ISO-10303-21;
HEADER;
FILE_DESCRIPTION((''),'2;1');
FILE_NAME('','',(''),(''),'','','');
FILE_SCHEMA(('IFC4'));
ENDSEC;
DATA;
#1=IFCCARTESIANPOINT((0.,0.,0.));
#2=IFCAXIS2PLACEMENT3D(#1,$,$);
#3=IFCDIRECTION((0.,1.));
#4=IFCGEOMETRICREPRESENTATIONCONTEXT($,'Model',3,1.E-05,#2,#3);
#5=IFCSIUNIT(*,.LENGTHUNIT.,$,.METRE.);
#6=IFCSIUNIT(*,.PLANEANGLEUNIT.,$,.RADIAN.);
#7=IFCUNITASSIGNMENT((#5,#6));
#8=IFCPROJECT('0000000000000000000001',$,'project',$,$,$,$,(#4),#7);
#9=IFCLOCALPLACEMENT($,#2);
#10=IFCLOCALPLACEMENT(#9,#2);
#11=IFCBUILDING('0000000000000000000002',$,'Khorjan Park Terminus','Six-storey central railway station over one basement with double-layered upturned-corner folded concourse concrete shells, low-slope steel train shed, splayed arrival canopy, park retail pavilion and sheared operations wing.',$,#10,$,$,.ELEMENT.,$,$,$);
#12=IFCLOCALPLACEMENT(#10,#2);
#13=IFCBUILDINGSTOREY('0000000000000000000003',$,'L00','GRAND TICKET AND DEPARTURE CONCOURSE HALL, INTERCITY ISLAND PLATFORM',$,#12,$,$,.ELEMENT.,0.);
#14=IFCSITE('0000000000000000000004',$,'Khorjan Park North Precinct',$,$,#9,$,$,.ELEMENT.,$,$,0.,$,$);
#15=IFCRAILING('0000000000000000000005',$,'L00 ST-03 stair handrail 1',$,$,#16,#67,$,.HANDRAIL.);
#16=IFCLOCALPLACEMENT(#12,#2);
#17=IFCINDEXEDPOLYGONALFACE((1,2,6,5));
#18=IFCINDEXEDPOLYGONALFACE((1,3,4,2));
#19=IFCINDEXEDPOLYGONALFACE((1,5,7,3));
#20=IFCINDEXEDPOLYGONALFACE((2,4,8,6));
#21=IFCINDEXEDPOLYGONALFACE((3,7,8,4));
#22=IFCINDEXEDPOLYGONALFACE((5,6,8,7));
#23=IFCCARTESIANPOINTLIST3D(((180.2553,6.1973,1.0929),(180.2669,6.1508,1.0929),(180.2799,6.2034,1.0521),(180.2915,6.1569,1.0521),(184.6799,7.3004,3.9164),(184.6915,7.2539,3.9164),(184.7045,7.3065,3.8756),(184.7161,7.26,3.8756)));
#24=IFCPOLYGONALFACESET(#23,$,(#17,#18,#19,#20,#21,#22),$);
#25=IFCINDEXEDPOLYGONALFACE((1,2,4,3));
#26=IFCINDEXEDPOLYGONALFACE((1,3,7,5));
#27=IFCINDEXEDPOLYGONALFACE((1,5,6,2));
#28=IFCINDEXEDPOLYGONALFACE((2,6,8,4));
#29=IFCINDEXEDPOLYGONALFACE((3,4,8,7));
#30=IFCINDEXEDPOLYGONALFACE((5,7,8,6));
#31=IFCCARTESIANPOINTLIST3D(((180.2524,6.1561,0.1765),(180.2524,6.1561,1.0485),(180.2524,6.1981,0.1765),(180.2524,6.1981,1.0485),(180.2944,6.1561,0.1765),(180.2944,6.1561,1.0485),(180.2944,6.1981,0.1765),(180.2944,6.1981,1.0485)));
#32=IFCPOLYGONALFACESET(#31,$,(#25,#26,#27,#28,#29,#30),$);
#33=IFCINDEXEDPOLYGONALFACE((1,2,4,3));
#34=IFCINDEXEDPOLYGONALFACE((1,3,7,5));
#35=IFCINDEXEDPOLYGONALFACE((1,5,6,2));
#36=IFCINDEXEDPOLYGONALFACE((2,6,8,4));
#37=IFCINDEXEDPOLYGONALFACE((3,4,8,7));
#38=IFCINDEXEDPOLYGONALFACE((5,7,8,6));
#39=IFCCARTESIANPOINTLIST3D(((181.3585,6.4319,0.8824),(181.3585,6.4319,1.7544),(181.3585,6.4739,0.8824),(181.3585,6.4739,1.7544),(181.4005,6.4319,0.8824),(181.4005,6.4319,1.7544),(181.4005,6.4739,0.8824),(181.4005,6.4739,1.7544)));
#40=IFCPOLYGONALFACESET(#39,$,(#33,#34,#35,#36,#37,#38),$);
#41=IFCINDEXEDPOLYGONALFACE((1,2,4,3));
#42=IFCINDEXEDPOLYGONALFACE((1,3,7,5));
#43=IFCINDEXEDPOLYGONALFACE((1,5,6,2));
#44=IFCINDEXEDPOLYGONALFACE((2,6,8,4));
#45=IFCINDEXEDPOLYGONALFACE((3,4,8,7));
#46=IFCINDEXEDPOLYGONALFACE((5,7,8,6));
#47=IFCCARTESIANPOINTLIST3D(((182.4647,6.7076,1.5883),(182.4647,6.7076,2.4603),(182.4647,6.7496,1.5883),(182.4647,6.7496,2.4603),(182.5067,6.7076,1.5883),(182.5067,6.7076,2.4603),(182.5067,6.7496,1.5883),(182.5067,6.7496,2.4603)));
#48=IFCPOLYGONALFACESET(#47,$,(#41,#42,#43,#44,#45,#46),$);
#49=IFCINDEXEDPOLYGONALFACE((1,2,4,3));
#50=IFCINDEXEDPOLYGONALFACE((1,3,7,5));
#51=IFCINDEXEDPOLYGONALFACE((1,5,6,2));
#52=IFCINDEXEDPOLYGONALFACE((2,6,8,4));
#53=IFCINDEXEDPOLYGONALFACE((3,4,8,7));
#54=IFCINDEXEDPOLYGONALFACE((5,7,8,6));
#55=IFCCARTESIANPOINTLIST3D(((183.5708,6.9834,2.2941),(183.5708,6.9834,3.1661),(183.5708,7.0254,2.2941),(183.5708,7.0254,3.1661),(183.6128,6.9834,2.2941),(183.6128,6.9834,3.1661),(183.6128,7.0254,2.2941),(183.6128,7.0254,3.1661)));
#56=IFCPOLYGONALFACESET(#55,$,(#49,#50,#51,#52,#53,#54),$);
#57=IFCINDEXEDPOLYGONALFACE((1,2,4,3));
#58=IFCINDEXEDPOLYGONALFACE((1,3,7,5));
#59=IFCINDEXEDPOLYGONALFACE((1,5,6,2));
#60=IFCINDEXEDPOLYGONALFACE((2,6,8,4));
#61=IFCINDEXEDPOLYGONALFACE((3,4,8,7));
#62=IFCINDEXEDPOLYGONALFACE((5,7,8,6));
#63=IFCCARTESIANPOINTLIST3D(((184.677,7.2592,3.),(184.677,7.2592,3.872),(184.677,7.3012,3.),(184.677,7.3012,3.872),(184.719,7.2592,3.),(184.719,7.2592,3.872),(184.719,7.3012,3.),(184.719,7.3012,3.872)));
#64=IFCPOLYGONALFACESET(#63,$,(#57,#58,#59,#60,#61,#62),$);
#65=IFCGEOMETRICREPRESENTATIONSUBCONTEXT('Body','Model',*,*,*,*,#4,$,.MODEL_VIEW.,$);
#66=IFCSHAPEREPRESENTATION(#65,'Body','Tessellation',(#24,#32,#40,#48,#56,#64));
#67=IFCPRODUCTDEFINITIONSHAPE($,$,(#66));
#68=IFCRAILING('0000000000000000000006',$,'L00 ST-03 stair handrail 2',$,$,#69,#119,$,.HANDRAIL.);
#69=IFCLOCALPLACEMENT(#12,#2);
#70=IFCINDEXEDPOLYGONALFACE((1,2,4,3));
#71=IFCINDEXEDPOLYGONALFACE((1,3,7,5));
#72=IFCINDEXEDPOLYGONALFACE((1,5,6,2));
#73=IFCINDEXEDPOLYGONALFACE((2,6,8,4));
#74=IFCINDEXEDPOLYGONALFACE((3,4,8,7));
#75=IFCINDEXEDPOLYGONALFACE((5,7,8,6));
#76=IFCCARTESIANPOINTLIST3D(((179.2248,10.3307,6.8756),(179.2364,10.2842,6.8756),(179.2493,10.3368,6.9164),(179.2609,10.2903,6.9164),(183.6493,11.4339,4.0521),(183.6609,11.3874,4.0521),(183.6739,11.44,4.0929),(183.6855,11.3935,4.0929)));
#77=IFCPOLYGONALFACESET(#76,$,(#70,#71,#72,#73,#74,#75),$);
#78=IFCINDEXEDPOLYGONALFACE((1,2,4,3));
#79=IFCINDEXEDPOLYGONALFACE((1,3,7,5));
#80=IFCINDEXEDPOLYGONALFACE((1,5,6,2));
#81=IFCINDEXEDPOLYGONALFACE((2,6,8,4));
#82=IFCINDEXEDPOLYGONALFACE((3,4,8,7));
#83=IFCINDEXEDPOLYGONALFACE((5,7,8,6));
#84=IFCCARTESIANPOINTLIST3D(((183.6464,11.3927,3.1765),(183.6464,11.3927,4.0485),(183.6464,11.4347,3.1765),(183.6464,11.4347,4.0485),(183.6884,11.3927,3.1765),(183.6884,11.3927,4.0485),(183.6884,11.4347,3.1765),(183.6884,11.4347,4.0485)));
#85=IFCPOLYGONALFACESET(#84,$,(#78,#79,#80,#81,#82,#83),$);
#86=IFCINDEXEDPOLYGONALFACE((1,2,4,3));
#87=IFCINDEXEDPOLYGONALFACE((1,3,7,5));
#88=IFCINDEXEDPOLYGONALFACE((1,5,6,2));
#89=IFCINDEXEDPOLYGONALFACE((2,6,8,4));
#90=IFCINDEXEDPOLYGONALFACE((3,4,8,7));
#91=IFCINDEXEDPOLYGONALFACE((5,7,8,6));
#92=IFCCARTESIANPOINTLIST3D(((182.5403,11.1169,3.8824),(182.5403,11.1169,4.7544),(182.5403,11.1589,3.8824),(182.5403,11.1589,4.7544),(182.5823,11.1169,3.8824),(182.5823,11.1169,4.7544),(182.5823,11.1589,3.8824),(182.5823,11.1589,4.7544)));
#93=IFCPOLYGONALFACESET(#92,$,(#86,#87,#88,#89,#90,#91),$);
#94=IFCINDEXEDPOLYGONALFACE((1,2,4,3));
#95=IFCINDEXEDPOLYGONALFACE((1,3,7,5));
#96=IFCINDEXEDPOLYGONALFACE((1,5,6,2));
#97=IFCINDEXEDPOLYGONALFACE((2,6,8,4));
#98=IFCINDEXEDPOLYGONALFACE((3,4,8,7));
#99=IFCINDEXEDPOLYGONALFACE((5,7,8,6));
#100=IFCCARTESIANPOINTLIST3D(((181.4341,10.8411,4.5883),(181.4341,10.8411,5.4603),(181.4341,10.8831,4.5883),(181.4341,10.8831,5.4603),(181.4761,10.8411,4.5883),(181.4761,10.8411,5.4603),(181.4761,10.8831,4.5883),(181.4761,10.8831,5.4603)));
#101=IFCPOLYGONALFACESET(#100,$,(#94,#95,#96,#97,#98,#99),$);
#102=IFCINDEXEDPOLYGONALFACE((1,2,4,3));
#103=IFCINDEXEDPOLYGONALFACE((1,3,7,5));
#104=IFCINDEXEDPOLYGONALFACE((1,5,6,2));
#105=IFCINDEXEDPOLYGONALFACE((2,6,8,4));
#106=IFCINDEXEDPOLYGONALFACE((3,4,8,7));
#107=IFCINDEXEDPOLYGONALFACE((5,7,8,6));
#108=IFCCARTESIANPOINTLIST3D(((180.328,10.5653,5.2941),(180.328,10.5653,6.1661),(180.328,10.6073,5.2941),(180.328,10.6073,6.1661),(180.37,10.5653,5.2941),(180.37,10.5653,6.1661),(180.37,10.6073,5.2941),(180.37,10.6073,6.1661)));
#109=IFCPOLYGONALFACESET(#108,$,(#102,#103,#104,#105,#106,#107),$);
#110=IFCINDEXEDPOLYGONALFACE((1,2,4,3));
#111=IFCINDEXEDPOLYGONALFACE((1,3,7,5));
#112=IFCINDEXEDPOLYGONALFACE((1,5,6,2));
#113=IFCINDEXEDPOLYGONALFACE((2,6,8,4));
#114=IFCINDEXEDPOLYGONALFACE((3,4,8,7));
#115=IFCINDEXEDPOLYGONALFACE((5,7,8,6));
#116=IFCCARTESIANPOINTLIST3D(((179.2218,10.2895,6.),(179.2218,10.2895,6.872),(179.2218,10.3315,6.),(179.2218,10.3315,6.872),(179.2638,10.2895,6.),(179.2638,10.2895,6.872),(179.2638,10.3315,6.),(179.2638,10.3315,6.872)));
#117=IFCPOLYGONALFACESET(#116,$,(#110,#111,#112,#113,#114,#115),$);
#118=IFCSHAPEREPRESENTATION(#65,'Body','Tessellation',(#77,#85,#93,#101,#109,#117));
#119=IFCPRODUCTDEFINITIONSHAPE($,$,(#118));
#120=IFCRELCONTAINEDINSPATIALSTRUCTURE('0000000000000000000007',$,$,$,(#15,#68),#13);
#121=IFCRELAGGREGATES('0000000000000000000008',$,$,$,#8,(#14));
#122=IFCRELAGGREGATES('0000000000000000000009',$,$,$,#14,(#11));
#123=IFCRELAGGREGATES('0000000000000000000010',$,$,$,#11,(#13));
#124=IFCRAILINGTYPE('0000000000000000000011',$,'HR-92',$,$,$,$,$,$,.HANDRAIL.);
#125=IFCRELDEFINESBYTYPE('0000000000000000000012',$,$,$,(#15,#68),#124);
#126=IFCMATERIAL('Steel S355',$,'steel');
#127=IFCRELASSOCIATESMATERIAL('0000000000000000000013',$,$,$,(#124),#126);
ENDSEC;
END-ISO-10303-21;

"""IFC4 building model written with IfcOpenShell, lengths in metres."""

from ifc_helpers import new_model, si_unit, direction, frame, origin, origin_2d, place, context, subcontext, project, spatial, rectangle, extrude, material, type_object, element, save


model = new_model("IFC4")

# Units and contexts
model_context = context("Model", 3, precision=1e-05, world=origin(), true_north=direction((0.0, 1.0)))
body_context = subcontext(model_context, "Body", "Model", "MODEL_VIEW")
ifc_project = project(units=[si_unit("LENGTHUNIT", "METRE"), si_unit("PLANEANGLEUNIT", "RADIAN")], contexts=[model_context])

# Site, building, storey
site_placement = place(None, origin())
site = spatial("IfcSite", under=ifc_project, at=site_placement, Name="Khorjan Park North Precinct", CompositionType="ELEMENT", RefElevation=0.0)
building_placement = place(site_placement, origin())
building = spatial("IfcBuilding", under=site, at=building_placement, Name="Khorjan Park Terminus", Description="Six-storey central railway station over one basement with double-layered upturned-corner folded concourse concrete shells, low-slope steel train shed, splayed arrival canopy, park retail pavilion and sheared operations wing.", CompositionType="ELEMENT")
storey_placement = place(building_placement, origin())
storey = spatial("IfcBuildingStorey", under=building, at=storey_placement, Name="L00", Description="GRAND TICKET AND DEPARTURE CONCOURSE HALL, INTERCITY ISLAND PLATFORM", CompositionType="ELEMENT", Elevation=0.0)

# Shared definitions
ifc_material_1 = material(Name="Steel S355", Category="steel")

# Railings
railing_type_1 = type_object("IfcRailingType", Name="HR-92", PredefinedType="HANDRAIL", material=ifc_material_1)
railing_1_placement = place(storey_placement, frame((180.2734, 6.1771, 0.1765)))
element("IfcRailing", 1, at=railing_1_placement, inside=storey, type_object=railing_type_1, Name="L00 ST-03 stair handrail 1", PredefinedType="HANDRAIL", context=body_context, shape_type="SweptSolid", body=[
    extrude(rectangle(XDim=0.048, YDim=0.048, at=origin_2d()), frame((0.0, 0.0, 0.896), z_axis=(0.824962, 0.205672, 0.526438), x_axis=(-0.241906, 0.9703, 0.0)), (0.0, 0.0, 1.0), 5.3634),
    extrude(rectangle(XDim=0.042, YDim=0.042, at=origin_2d()), origin(), (0.0, 0.0, 1.0), 0.872),
    extrude(rectangle(XDim=0.042, YDim=0.042, at=origin_2d()), frame((1.1061, 0.2758, 0.7059)), (0.0, 0.0, 1.0), 0.872),
    extrude(rectangle(XDim=0.042, YDim=0.042, at=origin_2d()), frame((2.2123, 0.5515, 1.4118)), (0.0, 0.0, 1.0), 0.872),
    extrude(rectangle(XDim=0.042, YDim=0.042, at=origin_2d()), frame((3.3184, 0.8273, 2.1176)), (0.0, 0.0, 1.0), 0.872),
    extrude(rectangle(XDim=0.042, YDim=0.042, at=origin_2d()), frame((4.4246, 1.1031, 2.8235)), (0.0, 0.0, 1.0), 0.872),
])
railing_2_placement = place(storey_placement, frame((183.6674, 11.4137, 3.1765)))
element("IfcRailing", 2, at=railing_2_placement, inside=storey, type_object=railing_type_1, Name="L00 ST-03 stair handrail 2", PredefinedType="HANDRAIL", context=body_context, shape_type="SweptSolid", body=[
    extrude(rectangle(XDim=0.048, YDim=0.048, at=origin_2d()), frame((0.0, 0.0, 0.896), z_axis=(-0.824959, -0.20569, 0.526436), x_axis=(0.241927, -0.970295, 0.0)), (0.0, 0.0, 1.0), 5.3634),
    extrude(rectangle(XDim=0.042, YDim=0.042, at=origin_2d()), origin(), (0.0, 0.0, 1.0), 0.872),
    extrude(rectangle(XDim=0.042, YDim=0.042, at=origin_2d()), frame((-1.1061, -0.2758, 0.7059)), (0.0, 0.0, 1.0), 0.872),
    extrude(rectangle(XDim=0.042, YDim=0.042, at=origin_2d()), frame((-2.2123, -0.5516, 1.4118)), (0.0, 0.0, 1.0), 0.872),
    extrude(rectangle(XDim=0.042, YDim=0.042, at=origin_2d()), frame((-3.3184, -0.8274, 2.1176)), (0.0, 0.0, 1.0), 0.872),
    extrude(rectangle(XDim=0.042, YDim=0.042, at=origin_2d()), frame((-4.4246, -1.1032, 2.8235)), (0.0, 0.0, 1.0), 0.872),
])

save(model, "model.ifc")
